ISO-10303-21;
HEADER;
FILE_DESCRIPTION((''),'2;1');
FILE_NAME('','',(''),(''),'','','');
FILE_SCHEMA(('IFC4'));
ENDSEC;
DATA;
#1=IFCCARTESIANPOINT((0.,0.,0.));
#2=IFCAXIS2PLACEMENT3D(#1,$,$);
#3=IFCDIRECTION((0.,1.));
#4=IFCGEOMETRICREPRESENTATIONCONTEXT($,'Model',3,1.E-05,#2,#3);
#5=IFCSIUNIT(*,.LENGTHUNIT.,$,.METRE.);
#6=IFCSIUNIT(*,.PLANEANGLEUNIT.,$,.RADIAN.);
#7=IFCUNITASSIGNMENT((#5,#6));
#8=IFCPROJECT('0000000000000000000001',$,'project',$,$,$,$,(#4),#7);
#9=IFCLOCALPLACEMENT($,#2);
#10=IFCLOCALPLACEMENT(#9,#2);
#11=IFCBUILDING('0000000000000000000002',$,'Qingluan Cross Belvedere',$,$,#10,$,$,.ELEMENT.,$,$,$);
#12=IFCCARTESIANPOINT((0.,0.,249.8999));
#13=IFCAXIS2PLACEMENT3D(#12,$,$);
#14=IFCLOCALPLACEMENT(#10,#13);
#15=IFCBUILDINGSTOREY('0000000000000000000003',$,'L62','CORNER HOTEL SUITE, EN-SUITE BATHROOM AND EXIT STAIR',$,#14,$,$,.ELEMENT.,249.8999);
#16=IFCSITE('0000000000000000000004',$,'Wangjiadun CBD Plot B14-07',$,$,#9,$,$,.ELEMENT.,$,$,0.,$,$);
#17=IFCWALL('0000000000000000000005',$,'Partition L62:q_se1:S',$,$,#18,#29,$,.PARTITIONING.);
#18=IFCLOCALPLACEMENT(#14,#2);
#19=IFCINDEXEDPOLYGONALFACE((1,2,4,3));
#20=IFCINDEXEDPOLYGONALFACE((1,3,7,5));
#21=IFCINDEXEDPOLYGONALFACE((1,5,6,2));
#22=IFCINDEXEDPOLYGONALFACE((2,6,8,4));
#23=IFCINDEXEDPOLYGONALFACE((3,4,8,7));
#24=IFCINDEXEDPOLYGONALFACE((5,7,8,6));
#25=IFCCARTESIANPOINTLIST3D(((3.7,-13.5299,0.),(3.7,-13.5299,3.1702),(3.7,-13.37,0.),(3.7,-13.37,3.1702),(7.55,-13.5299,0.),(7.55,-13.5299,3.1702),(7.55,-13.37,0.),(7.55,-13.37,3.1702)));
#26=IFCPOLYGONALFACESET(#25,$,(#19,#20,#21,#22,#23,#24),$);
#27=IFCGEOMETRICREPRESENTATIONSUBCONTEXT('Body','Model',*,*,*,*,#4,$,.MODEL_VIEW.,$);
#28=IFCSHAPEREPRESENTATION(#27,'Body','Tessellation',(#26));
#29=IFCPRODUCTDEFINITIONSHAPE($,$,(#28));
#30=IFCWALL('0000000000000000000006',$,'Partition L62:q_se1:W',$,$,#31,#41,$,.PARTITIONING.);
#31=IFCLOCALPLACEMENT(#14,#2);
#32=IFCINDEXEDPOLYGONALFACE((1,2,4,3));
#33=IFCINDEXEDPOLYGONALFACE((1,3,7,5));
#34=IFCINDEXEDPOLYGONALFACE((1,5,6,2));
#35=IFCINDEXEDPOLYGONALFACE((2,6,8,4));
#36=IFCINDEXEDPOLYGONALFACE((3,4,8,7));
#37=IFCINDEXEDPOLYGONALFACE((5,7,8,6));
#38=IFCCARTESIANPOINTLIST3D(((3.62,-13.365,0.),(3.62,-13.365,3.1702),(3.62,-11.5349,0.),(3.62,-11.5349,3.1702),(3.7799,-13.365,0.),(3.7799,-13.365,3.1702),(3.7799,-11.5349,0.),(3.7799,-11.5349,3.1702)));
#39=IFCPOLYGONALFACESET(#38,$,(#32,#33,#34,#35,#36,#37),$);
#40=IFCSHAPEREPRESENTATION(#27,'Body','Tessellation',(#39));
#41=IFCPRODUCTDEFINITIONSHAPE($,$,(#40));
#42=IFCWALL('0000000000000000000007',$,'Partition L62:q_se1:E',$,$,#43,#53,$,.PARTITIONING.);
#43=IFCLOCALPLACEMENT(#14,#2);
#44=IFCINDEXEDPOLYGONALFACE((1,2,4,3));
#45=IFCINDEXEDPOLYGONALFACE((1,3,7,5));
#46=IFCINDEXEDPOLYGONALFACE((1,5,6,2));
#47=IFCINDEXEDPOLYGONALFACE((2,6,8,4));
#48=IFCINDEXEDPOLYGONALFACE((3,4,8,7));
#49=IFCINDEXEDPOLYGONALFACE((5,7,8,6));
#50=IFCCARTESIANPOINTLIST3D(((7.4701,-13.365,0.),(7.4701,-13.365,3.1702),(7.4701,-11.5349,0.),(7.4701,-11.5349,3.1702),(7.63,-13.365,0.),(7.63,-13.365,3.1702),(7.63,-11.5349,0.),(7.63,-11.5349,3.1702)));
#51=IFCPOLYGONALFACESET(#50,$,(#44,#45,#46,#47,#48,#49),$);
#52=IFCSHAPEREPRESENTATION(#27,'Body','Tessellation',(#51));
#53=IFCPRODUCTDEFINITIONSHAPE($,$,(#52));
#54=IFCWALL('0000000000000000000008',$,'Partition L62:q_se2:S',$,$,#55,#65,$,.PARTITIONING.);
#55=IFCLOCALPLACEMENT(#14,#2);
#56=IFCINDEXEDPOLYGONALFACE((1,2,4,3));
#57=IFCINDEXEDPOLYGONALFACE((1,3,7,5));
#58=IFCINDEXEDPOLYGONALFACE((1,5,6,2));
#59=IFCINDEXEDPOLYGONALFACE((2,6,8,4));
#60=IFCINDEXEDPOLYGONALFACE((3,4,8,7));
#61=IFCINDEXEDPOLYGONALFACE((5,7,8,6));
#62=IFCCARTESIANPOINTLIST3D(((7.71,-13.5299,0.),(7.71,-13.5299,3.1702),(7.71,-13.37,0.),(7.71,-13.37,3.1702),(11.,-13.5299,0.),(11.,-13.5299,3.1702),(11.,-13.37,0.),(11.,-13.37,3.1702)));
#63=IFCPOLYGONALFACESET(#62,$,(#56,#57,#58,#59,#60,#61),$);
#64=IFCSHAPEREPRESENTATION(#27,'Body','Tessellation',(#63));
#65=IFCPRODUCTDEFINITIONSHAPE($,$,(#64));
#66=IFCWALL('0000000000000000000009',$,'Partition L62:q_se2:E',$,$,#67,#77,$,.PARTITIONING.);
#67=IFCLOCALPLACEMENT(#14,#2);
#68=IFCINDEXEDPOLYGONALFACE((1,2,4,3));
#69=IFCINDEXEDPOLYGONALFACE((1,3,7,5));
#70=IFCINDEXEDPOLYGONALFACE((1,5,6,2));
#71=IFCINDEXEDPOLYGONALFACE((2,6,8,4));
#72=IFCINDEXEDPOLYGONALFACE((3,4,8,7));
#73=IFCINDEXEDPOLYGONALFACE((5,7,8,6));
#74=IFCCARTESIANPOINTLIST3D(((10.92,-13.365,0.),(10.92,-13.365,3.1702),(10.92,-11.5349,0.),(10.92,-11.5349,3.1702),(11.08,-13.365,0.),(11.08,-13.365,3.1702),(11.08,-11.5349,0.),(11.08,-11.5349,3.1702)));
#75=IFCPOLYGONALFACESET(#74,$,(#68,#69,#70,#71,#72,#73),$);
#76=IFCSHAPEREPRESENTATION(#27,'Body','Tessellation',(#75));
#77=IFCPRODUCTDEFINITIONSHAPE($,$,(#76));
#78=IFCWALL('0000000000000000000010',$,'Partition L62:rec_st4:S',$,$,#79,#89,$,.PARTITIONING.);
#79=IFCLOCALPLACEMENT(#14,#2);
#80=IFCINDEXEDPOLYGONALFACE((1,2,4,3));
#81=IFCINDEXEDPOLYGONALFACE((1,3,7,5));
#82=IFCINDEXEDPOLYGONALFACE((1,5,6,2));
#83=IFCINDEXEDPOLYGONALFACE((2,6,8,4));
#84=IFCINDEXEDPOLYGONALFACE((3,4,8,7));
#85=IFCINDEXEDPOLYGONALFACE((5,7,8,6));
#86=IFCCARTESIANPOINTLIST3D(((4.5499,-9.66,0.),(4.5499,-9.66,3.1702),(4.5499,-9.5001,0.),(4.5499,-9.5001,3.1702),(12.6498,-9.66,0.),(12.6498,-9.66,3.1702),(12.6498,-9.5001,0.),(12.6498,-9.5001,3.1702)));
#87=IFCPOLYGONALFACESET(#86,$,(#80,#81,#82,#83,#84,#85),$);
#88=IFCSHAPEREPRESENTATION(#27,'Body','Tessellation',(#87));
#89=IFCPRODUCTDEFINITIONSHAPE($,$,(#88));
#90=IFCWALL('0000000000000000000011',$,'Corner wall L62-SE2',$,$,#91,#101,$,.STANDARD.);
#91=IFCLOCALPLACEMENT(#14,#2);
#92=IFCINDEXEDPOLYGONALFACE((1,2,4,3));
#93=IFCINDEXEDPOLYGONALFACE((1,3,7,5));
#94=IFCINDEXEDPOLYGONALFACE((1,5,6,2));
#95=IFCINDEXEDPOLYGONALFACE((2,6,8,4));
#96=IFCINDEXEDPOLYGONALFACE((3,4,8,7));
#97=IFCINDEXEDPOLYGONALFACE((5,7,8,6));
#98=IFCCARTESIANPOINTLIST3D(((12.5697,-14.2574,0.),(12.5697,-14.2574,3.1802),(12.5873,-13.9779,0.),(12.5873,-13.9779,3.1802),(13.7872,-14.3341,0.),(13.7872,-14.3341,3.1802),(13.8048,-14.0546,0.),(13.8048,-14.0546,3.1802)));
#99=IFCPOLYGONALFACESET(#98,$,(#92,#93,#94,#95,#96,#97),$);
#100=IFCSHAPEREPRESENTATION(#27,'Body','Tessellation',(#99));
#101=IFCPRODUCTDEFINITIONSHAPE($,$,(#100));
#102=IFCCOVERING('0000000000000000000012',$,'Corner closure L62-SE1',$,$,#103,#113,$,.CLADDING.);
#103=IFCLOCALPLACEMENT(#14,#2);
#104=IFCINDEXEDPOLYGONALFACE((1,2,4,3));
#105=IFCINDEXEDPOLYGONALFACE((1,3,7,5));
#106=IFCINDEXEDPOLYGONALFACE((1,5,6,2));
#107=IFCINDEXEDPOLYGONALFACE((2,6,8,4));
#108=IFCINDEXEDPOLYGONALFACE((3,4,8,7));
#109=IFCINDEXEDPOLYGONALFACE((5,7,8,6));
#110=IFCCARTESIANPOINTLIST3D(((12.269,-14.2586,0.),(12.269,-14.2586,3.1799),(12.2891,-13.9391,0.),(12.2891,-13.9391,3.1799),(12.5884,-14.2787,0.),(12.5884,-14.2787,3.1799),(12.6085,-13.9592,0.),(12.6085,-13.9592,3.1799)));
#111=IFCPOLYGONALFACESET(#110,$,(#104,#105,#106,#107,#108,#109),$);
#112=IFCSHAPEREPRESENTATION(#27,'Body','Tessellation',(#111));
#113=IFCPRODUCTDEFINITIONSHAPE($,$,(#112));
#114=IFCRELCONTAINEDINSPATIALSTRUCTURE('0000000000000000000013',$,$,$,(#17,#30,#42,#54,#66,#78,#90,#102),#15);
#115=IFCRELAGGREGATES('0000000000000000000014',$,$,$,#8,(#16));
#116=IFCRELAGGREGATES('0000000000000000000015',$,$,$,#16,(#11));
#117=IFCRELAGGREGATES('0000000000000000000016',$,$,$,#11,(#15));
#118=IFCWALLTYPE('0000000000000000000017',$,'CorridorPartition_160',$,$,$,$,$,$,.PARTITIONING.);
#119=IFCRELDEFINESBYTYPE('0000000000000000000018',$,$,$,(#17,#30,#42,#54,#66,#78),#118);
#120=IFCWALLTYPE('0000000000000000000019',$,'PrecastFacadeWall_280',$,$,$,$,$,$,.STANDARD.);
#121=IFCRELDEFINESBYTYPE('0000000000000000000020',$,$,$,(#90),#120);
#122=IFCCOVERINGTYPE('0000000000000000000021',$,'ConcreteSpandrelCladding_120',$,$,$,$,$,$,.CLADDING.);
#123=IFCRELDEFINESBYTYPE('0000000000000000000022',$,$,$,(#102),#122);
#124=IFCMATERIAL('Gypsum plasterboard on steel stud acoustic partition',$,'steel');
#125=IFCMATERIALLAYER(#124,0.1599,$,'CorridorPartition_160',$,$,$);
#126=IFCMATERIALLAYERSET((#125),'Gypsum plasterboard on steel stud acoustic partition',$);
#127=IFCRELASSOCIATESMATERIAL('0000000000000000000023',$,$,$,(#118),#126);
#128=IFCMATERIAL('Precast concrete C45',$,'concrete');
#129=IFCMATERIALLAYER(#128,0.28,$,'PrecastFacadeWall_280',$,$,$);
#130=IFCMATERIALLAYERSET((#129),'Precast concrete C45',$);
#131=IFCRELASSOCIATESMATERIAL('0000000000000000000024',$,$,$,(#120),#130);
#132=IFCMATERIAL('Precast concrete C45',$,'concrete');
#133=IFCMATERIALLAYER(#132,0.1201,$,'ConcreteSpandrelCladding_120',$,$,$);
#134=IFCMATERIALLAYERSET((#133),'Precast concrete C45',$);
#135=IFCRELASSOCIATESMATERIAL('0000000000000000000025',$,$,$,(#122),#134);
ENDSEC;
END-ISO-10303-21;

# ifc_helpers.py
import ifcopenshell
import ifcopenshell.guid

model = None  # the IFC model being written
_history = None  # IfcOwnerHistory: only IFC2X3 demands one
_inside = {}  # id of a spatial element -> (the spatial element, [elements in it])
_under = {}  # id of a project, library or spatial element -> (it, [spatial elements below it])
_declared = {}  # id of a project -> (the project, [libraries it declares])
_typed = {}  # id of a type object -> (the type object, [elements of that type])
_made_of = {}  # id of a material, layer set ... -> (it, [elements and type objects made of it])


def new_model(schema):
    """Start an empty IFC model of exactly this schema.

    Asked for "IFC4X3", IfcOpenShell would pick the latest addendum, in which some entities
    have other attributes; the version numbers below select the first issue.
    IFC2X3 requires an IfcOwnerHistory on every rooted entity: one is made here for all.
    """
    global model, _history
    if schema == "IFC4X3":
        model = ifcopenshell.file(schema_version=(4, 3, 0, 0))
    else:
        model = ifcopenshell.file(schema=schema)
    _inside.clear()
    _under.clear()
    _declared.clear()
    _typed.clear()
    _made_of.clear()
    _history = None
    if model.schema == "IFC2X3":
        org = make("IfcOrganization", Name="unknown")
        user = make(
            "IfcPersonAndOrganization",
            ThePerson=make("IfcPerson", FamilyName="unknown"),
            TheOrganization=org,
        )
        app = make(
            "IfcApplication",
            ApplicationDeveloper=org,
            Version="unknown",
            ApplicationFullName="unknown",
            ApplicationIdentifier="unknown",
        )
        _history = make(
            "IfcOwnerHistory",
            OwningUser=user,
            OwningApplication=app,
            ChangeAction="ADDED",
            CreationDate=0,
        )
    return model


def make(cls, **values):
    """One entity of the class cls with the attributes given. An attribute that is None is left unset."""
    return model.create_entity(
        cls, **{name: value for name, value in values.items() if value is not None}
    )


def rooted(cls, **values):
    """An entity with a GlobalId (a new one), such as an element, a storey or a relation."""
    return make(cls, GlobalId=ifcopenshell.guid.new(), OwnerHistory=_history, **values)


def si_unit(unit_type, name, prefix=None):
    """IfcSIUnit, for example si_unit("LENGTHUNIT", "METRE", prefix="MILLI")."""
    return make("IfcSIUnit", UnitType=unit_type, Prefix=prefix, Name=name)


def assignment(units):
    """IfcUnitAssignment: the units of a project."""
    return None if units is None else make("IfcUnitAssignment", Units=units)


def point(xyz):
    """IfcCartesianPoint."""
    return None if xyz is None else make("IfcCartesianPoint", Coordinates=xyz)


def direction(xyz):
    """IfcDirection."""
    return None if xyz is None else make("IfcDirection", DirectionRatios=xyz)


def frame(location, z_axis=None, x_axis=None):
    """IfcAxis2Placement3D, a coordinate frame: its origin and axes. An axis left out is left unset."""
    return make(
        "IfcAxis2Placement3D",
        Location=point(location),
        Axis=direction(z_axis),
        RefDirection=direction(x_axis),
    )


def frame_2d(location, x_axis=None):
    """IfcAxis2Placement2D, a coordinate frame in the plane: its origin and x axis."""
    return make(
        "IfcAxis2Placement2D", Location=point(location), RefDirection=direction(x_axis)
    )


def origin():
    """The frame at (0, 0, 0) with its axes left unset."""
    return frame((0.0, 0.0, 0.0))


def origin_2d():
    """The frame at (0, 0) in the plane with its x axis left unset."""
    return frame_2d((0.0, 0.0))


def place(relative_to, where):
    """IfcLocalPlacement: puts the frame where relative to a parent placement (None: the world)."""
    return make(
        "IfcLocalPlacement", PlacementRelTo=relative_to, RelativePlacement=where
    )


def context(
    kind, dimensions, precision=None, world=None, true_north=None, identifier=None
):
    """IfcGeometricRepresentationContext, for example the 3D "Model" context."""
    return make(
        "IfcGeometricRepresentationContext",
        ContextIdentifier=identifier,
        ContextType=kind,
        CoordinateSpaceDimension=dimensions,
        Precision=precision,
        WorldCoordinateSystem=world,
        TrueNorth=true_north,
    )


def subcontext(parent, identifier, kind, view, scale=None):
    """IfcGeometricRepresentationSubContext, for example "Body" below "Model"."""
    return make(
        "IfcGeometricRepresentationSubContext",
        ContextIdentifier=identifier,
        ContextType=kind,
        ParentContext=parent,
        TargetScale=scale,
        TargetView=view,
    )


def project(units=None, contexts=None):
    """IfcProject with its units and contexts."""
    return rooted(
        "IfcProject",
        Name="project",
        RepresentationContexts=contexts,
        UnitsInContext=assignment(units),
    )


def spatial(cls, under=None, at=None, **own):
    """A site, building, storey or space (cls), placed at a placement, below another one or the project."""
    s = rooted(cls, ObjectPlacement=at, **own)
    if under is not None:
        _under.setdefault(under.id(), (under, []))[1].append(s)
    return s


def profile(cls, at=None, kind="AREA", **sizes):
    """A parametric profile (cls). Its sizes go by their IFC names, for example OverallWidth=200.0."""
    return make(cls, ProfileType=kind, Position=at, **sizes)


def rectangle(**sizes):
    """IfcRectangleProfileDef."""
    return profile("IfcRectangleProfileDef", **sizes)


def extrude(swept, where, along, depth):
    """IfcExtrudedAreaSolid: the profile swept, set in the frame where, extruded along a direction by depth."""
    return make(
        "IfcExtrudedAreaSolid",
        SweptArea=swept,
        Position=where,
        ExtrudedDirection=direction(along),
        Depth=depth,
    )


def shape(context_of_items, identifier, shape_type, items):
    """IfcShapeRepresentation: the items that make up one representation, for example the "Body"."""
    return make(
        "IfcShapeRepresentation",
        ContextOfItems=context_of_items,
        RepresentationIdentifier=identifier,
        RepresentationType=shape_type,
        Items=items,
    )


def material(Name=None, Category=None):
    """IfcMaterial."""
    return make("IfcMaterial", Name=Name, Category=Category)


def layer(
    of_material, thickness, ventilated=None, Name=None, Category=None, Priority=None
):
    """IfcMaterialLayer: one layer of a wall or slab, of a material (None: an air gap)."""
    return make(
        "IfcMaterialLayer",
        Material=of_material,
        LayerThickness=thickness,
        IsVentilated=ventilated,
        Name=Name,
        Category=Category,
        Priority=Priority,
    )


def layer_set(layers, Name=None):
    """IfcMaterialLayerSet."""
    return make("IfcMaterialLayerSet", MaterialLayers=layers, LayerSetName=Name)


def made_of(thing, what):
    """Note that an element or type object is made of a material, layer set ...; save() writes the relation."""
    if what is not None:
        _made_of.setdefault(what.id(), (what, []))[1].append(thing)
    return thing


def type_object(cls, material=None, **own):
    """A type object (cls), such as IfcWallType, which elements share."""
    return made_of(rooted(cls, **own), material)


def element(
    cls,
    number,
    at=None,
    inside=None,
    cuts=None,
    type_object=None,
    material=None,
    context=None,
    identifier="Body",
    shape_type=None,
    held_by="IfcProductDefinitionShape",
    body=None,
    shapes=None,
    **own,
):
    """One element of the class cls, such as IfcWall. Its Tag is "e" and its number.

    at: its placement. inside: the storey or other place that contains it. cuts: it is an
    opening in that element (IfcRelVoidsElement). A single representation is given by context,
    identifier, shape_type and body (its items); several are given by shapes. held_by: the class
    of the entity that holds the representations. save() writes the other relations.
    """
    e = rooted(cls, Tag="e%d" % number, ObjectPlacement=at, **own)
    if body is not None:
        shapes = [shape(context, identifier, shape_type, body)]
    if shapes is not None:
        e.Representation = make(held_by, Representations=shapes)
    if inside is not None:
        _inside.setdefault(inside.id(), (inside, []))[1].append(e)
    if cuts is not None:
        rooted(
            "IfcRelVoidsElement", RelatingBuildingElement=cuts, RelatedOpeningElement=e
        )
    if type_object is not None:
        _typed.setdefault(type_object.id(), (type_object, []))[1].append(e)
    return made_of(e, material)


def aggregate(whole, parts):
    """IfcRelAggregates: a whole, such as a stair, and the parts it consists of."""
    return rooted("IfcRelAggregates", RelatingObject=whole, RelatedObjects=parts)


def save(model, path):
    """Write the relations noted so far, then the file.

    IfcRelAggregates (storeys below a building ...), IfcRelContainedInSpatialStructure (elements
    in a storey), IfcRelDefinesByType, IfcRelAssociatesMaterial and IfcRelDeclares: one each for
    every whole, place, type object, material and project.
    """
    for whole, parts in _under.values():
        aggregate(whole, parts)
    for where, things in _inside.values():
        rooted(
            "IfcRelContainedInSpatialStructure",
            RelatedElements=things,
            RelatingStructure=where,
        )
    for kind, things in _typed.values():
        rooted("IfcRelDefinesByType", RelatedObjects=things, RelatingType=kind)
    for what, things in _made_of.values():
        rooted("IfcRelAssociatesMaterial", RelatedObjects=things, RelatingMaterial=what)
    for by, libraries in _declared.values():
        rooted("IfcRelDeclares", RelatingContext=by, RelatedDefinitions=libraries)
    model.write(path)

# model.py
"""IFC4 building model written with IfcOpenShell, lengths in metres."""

from ifc_helpers import new_model, si_unit, direction, frame, frame_2d, origin, origin_2d, place, context, subcontext, project, spatial, rectangle, extrude, material, layer, layer_set, type_object, element, save


model = new_model("IFC4")

# Units and contexts
model_context = context("Model", 3, precision=1e-05, world=origin(), true_north=direction((0.0, 1.0)))
body_context = subcontext(model_context, "Body", "Model", "MODEL_VIEW")
ifc_project = project(units=[si_unit("LENGTHUNIT", "METRE"), si_unit("PLANEANGLEUNIT", "RADIAN")], contexts=[model_context])

# Site, building, storey
site_placement = place(None, origin())
site = spatial("IfcSite", under=ifc_project, at=site_placement, Name="Wangjiadun CBD Plot B14-07", CompositionType="ELEMENT", RefElevation=0.0)
building_placement = place(site_placement, origin())
building = spatial("IfcBuilding", under=site, at=building_placement, Name="Qingluan Cross Belvedere", CompositionType="ELEMENT")
storey_placement = place(building_placement, frame((0.0, 0.0, 249.8999)))
storey = spatial("IfcBuildingStorey", under=building, at=storey_placement, Name="L62", Description="CORNER HOTEL SUITE, EN-SUITE BATHROOM AND EXIT STAIR", CompositionType="ELEMENT", Elevation=249.8999)

# Wall
ifc_material_1 = material(Name="Gypsum plasterboard on steel stud acoustic partition", Category="steel")
ifc_layer_1 = layer(ifc_material_1, 0.1599, Name="CorridorPartition_160")
ifc_layer_set_1 = layer_set([ifc_layer_1], Name="Gypsum plasterboard on steel stud acoustic partition")
wall_type_1 = type_object("IfcWallType", Name="CorridorPartition_160", PredefinedType="PARTITIONING", material=ifc_layer_set_1)
wall_1_placement = place(storey_placement, frame((3.7, -13.45, 0.0), z_axis=(0.0, 0.0, 1.0), x_axis=(1.0, 0.0, 0.0)))
element("IfcWall", 1, at=wall_1_placement, inside=storey, type_object=wall_type_1, Name="Partition L62:q_se1:S", PredefinedType="PARTITIONING", context=body_context, shape_type="SweptSolid", body=[
    extrude(rectangle(XDim=3.8501, YDim=0.1599, at=frame_2d((1.925, 0.0))), origin(), (0.0, 0.0, 1.0), 3.1702),
])

# Walls
for number, where, z_axis, x_axis, name in (
    (2, (3.7, -13.365, 0.0), (0.0, 0.0, 1.0), (0.0, 1.0, 0.0), "Partition L62:q_se1:W"),
    (3, (7.55, -13.365, 0.0), (0.0, 0.0, 1.0), (0.0, 1.0, 0.0), "Partition L62:q_se1:E"),
):
    element("IfcWall", number, at=place(storey_placement, frame(where, z_axis=z_axis, x_axis=x_axis)), inside=storey, type_object=wall_type_1, Name=name, PredefinedType="PARTITIONING", context=body_context, shape_type="SweptSolid", body=[
        extrude(rectangle(XDim=1.8301, YDim=0.1599, at=frame_2d((0.915, 0.0))), origin(), (0.0, 0.0, 1.0), 3.1702),
    ])
wall_2_placement = place(storey_placement, frame((7.71, -13.45, 0.0), z_axis=(0.0, 0.0, 1.0), x_axis=(1.0, 0.0, 0.0)))
element("IfcWall", 4, at=wall_2_placement, inside=storey, type_object=wall_type_1, Name="Partition L62:q_se2:S", PredefinedType="PARTITIONING", context=body_context, shape_type="SweptSolid", body=[
    extrude(rectangle(XDim=3.29, YDim=0.1599, at=frame_2d((1.645, 0.0))), origin(), (0.0, 0.0, 1.0), 3.1702),
])

# Walls
wall_3_placement = place(storey_placement, frame((11.0, -13.365, 0.0), z_axis=(0.0, 0.0, 1.0), x_axis=(0.0, 1.0, 0.0)))
element("IfcWall", 5, at=wall_3_placement, inside=storey, type_object=wall_type_1, Name="Partition L62:q_se2:E", PredefinedType="PARTITIONING", context=body_context, shape_type="SweptSolid", body=[
    extrude(rectangle(XDim=1.8301, YDim=0.1599, at=frame_2d((0.915, 0.0))), origin(), (0.0, 0.0, 1.0), 3.1702),
])
wall_4_placement = place(storey_placement, frame((4.55, -9.5801, 0.0), z_axis=(0.0, 0.0, 1.0), x_axis=(1.0, 0.0, 0.0)))
element("IfcWall", 6, at=wall_4_placement, inside=storey, type_object=wall_type_1, Name="Partition L62:rec_st4:S", PredefinedType="PARTITIONING", context=body_context, shape_type="SweptSolid", body=[
    extrude(rectangle(XDim=8.0999, YDim=0.1599, at=frame_2d((4.0498, 0.0))), origin(), (0.0, 0.0, 1.0), 3.1702),
])
ifc_material_2 = material(Name="Precast concrete C45", Category="concrete")
ifc_layer_2 = layer(ifc_material_2, 0.28, Name="PrecastFacadeWall_280")
ifc_layer_set_2 = layer_set([ifc_layer_2], Name="Precast concrete C45")
wall_type_2 = type_object("IfcWallType", Name="PrecastFacadeWall_280", PredefinedType="STANDARD", material=ifc_layer_set_2)
wall_5_placement = place(storey_placement, frame((13.7959, -14.1943, 0.0), z_axis=(0.0, 0.0, 1.0), x_axis=(-0.998024, 0.062839, 0.0)))
element("IfcWall", 7, at=wall_5_placement, inside=storey, type_object=wall_type_2, Name="Corner wall L62-SE2", PredefinedType="STANDARD", context=body_context, shape_type="SweptSolid", body=[
    extrude(rectangle(XDim=1.22, YDim=0.28, at=frame_2d((0.6099, 0.0))), origin(), (0.0, 0.0, 1.0), 3.1802),
])

# Covering
ifc_material_3 = material(Name="Precast concrete C45", Category="concrete")
ifc_layer_3 = layer(ifc_material_3, 0.1201, Name="ConcreteSpandrelCladding_120")
ifc_layer_set_3 = layer_set([ifc_layer_3], Name="Precast concrete C45")
covering_type = type_object("IfcCoveringType", Name="ConcreteSpandrelCladding_120", PredefinedType="CLADDING", material=ifc_layer_set_3)
covering_placement = place(storey_placement, frame((12.4387, -14.1089, 0.0), z_axis=(0.0, 0.0, 1.0), x_axis=(0.998027, -0.062791, 0.0)))
element("IfcCovering", 8, at=covering_placement, inside=storey, type_object=covering_type, Name="Corner closure L62-SE1", PredefinedType="CLADDING", context=body_context, shape_type="SweptSolid", body=[
    extrude(rectangle(XDim=0.3201, YDim=0.3201, at=origin_2d()), origin(), (0.0, 0.0, 1.0), 3.1799),
])

save(model, "model.ifc")
